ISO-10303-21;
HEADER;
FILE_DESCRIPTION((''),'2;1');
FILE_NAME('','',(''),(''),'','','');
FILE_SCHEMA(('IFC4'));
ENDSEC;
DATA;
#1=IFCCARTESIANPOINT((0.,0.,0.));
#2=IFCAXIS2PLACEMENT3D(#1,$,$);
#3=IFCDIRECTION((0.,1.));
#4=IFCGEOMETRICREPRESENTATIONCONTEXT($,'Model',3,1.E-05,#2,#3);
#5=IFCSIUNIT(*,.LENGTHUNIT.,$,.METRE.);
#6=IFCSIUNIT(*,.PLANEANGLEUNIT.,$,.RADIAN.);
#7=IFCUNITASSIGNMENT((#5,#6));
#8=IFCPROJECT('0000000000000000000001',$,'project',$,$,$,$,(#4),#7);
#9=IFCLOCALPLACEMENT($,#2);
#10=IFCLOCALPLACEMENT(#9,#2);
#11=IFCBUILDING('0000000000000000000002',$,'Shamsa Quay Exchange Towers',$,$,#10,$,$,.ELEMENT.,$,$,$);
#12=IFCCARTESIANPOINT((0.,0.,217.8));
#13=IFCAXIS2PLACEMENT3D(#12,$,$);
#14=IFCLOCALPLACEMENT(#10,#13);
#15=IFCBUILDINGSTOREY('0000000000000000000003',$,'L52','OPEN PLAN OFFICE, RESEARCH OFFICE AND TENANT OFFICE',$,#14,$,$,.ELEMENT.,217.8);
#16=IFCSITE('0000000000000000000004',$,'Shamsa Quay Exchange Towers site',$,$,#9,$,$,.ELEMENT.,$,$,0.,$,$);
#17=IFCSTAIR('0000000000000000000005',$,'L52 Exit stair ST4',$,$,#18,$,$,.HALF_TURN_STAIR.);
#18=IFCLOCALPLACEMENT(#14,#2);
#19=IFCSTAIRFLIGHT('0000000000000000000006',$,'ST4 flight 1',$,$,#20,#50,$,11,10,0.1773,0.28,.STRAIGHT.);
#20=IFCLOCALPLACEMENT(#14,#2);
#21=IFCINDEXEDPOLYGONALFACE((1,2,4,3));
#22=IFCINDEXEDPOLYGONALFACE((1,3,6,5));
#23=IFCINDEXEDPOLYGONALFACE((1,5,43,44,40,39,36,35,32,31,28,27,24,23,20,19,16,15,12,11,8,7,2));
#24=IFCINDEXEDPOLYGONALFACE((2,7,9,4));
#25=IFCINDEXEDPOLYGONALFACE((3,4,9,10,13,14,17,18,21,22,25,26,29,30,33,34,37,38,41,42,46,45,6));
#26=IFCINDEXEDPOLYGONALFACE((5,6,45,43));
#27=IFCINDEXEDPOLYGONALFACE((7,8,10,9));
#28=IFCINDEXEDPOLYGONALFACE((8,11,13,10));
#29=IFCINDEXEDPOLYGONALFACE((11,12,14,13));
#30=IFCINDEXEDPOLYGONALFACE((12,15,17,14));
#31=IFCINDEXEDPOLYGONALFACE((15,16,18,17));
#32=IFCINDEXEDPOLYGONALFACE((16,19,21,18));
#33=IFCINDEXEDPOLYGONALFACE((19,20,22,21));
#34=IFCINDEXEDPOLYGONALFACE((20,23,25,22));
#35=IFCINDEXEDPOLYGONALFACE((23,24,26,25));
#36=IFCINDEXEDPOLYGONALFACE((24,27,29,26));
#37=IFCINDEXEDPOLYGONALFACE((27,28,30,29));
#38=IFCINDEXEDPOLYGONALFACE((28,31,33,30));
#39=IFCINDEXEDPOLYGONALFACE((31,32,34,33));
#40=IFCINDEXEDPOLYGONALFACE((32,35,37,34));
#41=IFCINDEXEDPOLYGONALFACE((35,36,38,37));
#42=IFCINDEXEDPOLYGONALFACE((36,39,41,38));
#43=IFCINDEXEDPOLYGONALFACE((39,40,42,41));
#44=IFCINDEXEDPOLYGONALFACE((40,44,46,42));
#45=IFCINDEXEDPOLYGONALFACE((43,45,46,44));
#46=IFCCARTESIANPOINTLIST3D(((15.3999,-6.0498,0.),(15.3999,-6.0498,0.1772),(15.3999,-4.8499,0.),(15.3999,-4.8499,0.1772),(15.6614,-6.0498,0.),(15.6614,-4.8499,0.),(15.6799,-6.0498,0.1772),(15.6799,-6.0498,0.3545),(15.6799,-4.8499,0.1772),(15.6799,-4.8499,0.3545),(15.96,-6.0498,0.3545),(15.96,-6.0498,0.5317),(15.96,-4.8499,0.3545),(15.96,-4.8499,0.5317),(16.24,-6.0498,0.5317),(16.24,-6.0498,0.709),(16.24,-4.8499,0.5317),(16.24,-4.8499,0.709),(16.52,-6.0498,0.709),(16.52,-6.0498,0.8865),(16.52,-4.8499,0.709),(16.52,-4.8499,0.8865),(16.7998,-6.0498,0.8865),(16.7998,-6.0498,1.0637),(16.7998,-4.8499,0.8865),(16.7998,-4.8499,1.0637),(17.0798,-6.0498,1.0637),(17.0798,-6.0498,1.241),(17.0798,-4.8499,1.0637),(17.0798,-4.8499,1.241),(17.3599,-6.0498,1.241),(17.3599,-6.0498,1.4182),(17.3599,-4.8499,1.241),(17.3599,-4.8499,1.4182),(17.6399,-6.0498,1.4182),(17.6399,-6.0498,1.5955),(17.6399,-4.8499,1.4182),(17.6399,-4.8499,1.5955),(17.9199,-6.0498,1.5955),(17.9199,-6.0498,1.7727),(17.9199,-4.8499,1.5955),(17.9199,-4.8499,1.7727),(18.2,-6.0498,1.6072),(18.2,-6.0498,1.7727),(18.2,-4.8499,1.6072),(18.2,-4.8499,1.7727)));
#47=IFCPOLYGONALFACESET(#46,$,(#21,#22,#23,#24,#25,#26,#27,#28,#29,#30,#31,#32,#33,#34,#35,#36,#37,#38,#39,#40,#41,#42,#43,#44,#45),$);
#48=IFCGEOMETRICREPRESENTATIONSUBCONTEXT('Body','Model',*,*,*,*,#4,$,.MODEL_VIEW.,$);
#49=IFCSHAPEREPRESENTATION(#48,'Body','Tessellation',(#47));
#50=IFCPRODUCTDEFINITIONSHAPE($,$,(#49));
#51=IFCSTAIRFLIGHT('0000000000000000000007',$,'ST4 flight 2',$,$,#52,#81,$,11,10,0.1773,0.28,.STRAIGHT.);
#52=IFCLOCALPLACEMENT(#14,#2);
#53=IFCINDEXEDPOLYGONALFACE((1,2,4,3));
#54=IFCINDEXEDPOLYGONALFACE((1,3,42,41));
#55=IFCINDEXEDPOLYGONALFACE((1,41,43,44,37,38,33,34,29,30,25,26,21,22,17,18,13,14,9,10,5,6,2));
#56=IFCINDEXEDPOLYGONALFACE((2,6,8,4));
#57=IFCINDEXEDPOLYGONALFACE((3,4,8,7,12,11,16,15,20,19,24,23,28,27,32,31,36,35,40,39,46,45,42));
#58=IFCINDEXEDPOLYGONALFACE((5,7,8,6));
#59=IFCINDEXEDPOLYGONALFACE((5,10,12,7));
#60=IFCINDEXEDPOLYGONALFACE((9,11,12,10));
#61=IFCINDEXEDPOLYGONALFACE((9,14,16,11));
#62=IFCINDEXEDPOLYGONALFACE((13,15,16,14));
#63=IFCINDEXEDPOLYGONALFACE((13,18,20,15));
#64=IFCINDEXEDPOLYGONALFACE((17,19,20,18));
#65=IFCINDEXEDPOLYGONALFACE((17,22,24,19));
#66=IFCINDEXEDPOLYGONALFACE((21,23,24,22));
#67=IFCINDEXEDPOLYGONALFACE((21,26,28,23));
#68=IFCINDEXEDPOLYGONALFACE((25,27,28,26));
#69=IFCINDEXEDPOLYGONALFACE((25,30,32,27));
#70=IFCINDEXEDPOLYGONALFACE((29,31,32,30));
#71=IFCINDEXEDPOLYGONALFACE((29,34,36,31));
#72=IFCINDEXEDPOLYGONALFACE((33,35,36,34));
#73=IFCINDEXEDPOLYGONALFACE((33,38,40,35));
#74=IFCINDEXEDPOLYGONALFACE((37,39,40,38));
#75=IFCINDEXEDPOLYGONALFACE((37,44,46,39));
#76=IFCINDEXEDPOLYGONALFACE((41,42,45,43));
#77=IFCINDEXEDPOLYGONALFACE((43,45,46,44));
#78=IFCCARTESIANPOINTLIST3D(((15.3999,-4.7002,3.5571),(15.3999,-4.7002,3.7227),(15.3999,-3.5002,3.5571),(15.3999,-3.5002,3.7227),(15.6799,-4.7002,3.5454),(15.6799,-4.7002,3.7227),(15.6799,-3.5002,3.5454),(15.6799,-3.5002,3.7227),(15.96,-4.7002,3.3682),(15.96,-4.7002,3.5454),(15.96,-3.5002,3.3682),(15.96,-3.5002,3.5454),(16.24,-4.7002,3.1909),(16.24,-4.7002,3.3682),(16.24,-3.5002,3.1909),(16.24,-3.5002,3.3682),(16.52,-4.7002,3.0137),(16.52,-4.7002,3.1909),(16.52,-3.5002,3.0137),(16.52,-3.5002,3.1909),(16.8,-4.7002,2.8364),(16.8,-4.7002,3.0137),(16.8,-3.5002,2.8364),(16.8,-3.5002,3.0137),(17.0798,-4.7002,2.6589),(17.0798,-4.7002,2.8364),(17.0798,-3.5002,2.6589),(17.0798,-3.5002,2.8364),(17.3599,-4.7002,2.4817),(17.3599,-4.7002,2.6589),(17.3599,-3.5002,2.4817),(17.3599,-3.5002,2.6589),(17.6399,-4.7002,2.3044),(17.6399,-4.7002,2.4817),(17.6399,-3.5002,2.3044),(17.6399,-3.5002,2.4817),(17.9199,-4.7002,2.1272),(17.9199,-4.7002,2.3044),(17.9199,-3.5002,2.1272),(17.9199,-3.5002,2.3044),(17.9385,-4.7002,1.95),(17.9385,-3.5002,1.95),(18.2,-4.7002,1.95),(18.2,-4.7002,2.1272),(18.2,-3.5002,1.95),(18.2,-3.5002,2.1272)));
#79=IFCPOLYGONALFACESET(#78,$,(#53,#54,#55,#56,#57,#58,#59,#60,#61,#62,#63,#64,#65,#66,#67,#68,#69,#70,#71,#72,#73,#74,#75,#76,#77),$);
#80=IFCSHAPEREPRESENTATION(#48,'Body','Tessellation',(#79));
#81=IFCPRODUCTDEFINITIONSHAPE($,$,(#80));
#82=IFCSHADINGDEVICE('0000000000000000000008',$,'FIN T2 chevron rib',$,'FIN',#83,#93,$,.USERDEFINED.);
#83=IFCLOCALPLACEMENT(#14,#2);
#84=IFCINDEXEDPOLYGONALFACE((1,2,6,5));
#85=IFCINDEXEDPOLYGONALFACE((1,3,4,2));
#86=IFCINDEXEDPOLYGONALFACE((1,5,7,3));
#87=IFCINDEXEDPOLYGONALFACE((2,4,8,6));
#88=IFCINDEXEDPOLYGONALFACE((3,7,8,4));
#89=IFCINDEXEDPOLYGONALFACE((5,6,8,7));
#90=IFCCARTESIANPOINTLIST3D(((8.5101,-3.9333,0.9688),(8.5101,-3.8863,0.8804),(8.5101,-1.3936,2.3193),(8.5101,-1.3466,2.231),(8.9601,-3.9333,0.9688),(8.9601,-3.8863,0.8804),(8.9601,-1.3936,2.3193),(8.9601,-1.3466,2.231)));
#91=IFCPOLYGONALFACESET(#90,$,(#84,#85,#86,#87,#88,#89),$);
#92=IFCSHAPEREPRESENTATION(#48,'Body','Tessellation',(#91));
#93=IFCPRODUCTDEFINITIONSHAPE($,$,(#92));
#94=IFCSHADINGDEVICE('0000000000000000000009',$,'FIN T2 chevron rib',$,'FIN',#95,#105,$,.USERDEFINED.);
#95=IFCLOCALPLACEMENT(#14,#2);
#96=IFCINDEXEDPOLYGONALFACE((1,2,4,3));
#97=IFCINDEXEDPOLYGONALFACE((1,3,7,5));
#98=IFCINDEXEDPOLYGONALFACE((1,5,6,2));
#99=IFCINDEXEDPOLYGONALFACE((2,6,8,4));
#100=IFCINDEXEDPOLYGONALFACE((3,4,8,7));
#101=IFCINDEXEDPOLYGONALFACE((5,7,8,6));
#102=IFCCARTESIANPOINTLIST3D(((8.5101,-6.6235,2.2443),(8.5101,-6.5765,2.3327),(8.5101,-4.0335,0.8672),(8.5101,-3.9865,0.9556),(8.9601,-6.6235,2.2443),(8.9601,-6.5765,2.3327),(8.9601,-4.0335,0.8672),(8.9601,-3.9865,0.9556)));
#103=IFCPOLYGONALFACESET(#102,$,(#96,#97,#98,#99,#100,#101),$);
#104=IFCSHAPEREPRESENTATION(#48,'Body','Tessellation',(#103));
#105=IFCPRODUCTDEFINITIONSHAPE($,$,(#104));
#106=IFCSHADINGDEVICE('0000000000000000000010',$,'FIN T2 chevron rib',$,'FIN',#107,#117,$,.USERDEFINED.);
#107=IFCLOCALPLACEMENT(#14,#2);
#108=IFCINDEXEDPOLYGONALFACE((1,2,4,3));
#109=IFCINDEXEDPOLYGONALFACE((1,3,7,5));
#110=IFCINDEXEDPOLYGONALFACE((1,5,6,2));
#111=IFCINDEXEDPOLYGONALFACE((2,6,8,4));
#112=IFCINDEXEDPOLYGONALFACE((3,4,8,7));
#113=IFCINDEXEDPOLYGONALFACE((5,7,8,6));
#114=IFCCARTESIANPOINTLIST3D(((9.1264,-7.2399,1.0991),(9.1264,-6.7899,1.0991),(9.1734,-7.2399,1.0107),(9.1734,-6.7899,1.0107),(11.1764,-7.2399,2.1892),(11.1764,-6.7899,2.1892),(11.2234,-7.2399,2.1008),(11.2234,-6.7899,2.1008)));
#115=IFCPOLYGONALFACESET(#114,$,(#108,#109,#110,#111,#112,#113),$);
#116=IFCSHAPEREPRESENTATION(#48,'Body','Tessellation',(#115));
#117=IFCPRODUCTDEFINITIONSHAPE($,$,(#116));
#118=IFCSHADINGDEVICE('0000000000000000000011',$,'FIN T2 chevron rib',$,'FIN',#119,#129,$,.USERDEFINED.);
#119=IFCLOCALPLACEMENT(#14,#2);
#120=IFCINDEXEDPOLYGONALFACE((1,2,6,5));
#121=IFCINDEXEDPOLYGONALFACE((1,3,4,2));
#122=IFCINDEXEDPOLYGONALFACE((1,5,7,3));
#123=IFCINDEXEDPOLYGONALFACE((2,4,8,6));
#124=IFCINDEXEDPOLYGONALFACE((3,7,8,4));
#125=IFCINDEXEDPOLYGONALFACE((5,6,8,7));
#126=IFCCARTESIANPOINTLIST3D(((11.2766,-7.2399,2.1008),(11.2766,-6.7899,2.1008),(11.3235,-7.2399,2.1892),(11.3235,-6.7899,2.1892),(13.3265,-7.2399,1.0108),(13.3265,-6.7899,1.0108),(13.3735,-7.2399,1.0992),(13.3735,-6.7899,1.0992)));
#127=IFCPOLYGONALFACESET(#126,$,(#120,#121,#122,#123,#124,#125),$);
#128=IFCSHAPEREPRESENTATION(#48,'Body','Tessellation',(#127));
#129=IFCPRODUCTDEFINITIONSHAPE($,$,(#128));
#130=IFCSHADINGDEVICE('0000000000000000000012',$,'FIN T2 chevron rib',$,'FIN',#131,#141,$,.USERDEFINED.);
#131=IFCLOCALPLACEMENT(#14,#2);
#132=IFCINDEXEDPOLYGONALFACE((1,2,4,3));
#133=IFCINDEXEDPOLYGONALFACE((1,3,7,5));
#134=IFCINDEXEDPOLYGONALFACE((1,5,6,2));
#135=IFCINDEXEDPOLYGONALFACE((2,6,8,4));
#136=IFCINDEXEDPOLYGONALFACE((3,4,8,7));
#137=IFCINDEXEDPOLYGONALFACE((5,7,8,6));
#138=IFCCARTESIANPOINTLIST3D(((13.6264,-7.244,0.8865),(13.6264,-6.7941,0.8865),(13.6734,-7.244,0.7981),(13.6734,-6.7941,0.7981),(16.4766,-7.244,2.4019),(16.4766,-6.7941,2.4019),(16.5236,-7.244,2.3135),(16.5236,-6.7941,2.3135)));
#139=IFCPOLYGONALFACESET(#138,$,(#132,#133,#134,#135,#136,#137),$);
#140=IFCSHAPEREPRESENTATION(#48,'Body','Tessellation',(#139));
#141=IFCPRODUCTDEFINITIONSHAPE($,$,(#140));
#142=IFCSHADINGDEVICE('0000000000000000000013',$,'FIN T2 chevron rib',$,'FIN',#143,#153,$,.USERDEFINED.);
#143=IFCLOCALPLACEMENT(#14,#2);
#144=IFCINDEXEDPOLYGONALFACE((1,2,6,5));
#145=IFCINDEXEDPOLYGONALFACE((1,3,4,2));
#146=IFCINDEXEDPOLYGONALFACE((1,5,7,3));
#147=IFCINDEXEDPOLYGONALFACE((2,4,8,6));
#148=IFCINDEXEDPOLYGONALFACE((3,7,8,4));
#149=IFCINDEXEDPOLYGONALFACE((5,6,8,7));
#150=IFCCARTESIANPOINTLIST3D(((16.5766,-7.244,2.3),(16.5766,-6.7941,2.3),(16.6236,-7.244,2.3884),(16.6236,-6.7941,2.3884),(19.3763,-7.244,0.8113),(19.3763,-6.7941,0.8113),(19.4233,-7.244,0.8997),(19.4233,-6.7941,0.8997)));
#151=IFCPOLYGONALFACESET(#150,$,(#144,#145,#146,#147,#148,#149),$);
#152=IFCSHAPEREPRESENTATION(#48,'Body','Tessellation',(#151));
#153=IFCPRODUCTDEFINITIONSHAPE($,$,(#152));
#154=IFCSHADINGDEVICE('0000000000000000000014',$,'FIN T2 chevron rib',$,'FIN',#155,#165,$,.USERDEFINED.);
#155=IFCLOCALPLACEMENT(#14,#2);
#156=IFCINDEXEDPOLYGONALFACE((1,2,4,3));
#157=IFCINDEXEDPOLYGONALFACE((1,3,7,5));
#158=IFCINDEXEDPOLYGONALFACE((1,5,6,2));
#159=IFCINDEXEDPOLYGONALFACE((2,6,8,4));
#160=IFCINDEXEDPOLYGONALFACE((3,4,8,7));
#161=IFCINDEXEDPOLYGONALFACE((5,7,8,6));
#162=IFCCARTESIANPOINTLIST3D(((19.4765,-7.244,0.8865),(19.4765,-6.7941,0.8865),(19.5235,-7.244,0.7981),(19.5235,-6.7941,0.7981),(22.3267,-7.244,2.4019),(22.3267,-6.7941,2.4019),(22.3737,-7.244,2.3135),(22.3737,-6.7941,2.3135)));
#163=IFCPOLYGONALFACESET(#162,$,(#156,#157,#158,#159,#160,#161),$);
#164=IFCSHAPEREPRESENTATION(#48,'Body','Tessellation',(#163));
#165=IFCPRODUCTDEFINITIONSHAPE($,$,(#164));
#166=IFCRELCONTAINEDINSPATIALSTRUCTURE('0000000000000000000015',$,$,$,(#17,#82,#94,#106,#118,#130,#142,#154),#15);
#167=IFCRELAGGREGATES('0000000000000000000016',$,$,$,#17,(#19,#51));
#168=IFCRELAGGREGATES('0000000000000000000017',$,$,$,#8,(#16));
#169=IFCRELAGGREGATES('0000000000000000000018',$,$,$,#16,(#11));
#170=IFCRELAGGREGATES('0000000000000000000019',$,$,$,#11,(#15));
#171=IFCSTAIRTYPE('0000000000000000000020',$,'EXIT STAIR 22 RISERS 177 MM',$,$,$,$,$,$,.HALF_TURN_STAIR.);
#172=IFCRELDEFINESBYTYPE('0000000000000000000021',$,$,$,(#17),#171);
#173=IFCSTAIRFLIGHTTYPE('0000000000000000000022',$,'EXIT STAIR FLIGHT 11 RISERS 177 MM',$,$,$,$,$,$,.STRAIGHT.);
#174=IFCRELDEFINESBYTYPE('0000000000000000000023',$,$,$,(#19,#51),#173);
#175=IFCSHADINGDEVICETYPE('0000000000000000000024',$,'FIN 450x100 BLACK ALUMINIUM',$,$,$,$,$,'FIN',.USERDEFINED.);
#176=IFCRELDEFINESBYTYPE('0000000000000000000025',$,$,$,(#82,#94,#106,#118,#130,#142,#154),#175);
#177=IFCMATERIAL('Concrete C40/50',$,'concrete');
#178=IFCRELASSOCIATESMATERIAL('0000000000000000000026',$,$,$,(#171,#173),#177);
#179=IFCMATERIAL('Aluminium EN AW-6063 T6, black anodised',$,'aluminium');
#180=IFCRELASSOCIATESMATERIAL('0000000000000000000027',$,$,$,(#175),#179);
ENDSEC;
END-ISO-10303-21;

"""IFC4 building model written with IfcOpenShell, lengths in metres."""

from ifc_helpers import new_model, si_unit, direction, frame, origin, origin_2d, place, context, subcontext, project, spatial, polyline, rectangle, outline, extrude, material, material_profile, profile_set, type_object, element, aggregate, save


model = new_model("IFC4")

# Units and contexts
model_context = context("Model", 3, precision=1e-05, world=origin(), true_north=direction((0.0, 1.0)))
body_context = subcontext(model_context, "Body", "Model", "MODEL_VIEW")
ifc_project = project(units=[si_unit("LENGTHUNIT", "METRE"), si_unit("PLANEANGLEUNIT", "RADIAN")], contexts=[model_context])

# Site, building, storey
site_placement = place(None, origin())
site = spatial("IfcSite", under=ifc_project, at=site_placement, Name="Shamsa Quay Exchange Towers site", CompositionType="ELEMENT", RefElevation=0.0)
building_placement = place(site_placement, origin())
building = spatial("IfcBuilding", under=site, at=building_placement, Name="Shamsa Quay Exchange Towers", CompositionType="ELEMENT")
storey_placement = place(building_placement, frame((0.0, 0.0, 217.8)))
storey = spatial("IfcBuildingStorey", under=building, at=storey_placement, Name="L52", Description="OPEN PLAN OFFICE, RESEARCH OFFICE AND TENANT OFFICE", CompositionType="ELEMENT", Elevation=217.8)

# Shared definitions
ifc_material_1 = material(Name="Aluminium EN AW-6063 T6, black anodised", Category="aluminium")

# Stair, stair flights
ifc_material_2 = material(Name="Concrete C40/50", Category="concrete")
stair_type = type_object("IfcStairType", Name="EXIT STAIR 22 RISERS 177 MM", PredefinedType="HALF_TURN_STAIR", material=ifc_material_2)
stair_placement = place(storey_placement, origin())
stair = element("IfcStair", 1, at=stair_placement, inside=storey, type_object=stair_type, Name="L52 Exit stair ST4", PredefinedType="HALF_TURN_STAIR")
stair_flight_type = type_object("IfcStairFlightType", Name="EXIT STAIR FLIGHT 11 RISERS 177 MM", PredefinedType="STRAIGHT", material=ifc_material_2)
stair_flight_1_placement = place(storey_placement, frame((15.3999, -5.45, 0.0)))
stair_flight_1 = element("IfcStairFlight", 2, at=stair_flight_1_placement, type_object=stair_flight_type, Name="ST4 flight 1", NumberOfRisers=11, NumberOfTreads=10, PredefinedType="STRAIGHT", RiserHeight=0.1773, TreadLength=0.28, context=body_context, shape_type="SweptSolid", body=[
    extrude(outline(polyline([(0.0, 0.0), (0.0, 0.1772), (0.28, 0.1772), (0.28, 0.3545), (0.5601, 0.3545), (0.5601, 0.5317), (0.8401, 0.5317), (0.8401, 0.709), (1.1201, 0.709), (1.1201, 0.8865), (1.3999, 0.8865), (1.3999, 1.0637), (1.6799, 1.0637), (1.6799, 1.241), (1.96, 1.241), (1.96, 1.4182), (2.24, 1.4182), (2.24, 1.5955), (2.52, 1.5955), (2.52, 1.7727), (2.8, 1.7727), (2.8, 1.95), (2.8, 1.6072), (0.2615, 0.0), (0.0, 0.0)])), frame((0.0, 0.6001, 0.0), z_axis=(0.0, -1.0, 0.0), x_axis=(1.0, 0.0, 0.0)), (0.0, 0.0, 1.0), 1.2),
])
stair_flight_2_placement = place(storey_placement, frame((18.2, -4.1001, 1.95), z_axis=(0.0, 0.0, 1.0), x_axis=(-1.0, 0.0, 0.0)))
stair_flight_2 = element("IfcStairFlight", 3, at=stair_flight_2_placement, type_object=stair_flight_type, Name="ST4 flight 2", NumberOfRisers=11, NumberOfTreads=10, PredefinedType="STRAIGHT", RiserHeight=0.1773, TreadLength=0.28, context=body_context, shape_type="SweptSolid", body=[
    extrude(outline(polyline([(0.0, 0.0), (0.0, 0.1772), (0.28, 0.1772), (0.28, 0.3545), (0.5601, 0.3545), (0.5601, 0.5317), (0.8401, 0.5317), (0.8401, 0.709), (1.1201, 0.709), (1.1201, 0.8865), (1.3999, 0.8865), (1.3999, 1.0637), (1.6799, 1.0637), (1.6799, 1.241), (1.96, 1.241), (1.96, 1.4182), (2.24, 1.4182), (2.24, 1.5955), (2.52, 1.5955), (2.52, 1.7727), (2.8, 1.7727), (2.8, 1.95), (2.8, 1.6072), (0.2615, 0.0), (0.0, 0.0)])), frame((0.0, 0.6001, 0.0), z_axis=(0.0, -1.0, 0.0), x_axis=(1.0, 0.0, 0.0)), (0.0, 0.0, 1.0), 1.2),
])
aggregate(stair, [stair_flight_1, stair_flight_2])

# Shading devices
ifc_material_profile_1 = material_profile(ifc_material_1, rectangle(XDim=0.45, YDim=0.1001, at=origin_2d()), Name="FIN450x100")
ifc_profile_set_1 = profile_set([ifc_material_profile_1], Name="Aluminium EN AW-6063 T6, black anodised")
shading_device_type = type_object("IfcShadingDeviceType", Name="FIN 450x100 BLACK ALUMINIUM", ElementType="FIN", PredefinedType="USERDEFINED", material=ifc_profile_set_1)
shading_device_1_placement = place(storey_placement, frame((8.7351, -1.3701, 2.2751), z_axis=(0.0, -0.882926, -0.469513), x_axis=(1.0, 0.0, 0.0)))
element("IfcShadingDevice", 4, at=shading_device_1_placement, inside=storey, type_object=shading_device_type, Name="FIN T2 chevron rib", ObjectType="FIN", PredefinedType="USERDEFINED", context=body_context, shape_type="SweptSolid", body=[
    extrude(rectangle(XDim=0.45, YDim=0.1001, at=origin_2d()), origin(), (0.0, 0.0, 1.0), 2.8765),
])
shading_device_2_placement = place(storey_placement, frame((8.7351, -4.01, 0.9114), z_axis=(0.0, -0.882944, 0.469478), x_axis=(1.0, 0.0, 0.0)))
element("IfcShadingDevice", 5, at=shading_device_2_placement, inside=storey, type_object=shading_device_type, Name="FIN T2 chevron rib", ObjectType="FIN", PredefinedType="USERDEFINED", context=body_context, shape_type="SweptSolid", body=[
    extrude(rectangle(XDim=0.45, YDim=0.1001, at=origin_2d()), origin(), (0.0, 0.0, 1.0), 2.9333),
])
for number, where, z_axis, x_axis, name in (
    (6, (9.1499, -7.0149, 1.0549), (0.882937, 0.0, 0.469491), (0.0, 1.0, 0.0), "FIN T2 chevron rib"),
    (7, (11.3, -7.0149, 2.145), (0.882937, 0.0, -0.469491), (0.0, 1.0, 0.0), "FIN T2 chevron rib"),
):
    element("IfcShadingDevice", number, at=place(storey_placement, frame(where, z_axis=z_axis, x_axis=x_axis)), inside=storey, type_object=shading_device_type, Name=name, ObjectType="FIN", PredefinedType="USERDEFINED", context=body_context, shape_type="SweptSolid", body=[
        extrude(rectangle(XDim=0.45, YDim=0.1001, at=origin_2d()), origin(), (0.0, 0.0, 1.0), 2.3218),
    ])
shading_device_3_placement = place(storey_placement, frame((13.6499, -7.019, 0.8423), z_axis=(0.882953, 0.0, 0.469461), x_axis=(0.0, 1.0, 0.0)))
element("IfcShadingDevice", 8, at=shading_device_3_placement, inside=storey, type_object=shading_device_type, Name="FIN T2 chevron rib", ObjectType="FIN", PredefinedType="USERDEFINED", context=body_context, shape_type="SweptSolid", body=[
    extrude(rectangle(XDim=0.45, YDim=0.1001, at=origin_2d()), origin(), (0.0, 0.0, 1.0), 3.228),
])
shading_device_4_placement = place(storey_placement, frame((16.6001, -7.019, 2.3442), z_axis=(0.882936, 0.0, -0.469493), x_axis=(0.0, 1.0, 0.0)))
element("IfcShadingDevice", 9, at=shading_device_4_placement, inside=storey, type_object=shading_device_type, Name="FIN T2 chevron rib", ObjectType="FIN", PredefinedType="USERDEFINED", context=body_context, shape_type="SweptSolid", body=[
    extrude(rectangle(XDim=0.45, YDim=0.1001, at=origin_2d()), origin(), (0.0, 0.0, 1.0), 3.1709),
])
shading_device_5_placement = place(storey_placement, frame((19.5, -7.019, 0.8423), z_axis=(0.882953, 0.0, 0.469461), x_axis=(0.0, 1.0, 0.0)))
element("IfcShadingDevice", 10, at=shading_device_5_placement, inside=storey, type_object=shading_device_type, Name="FIN T2 chevron rib", ObjectType="FIN", PredefinedType="USERDEFINED", context=body_context, shape_type="SweptSolid", body=[
    extrude(rectangle(XDim=0.45, YDim=0.1001, at=origin_2d()), origin(), (0.0, 0.0, 1.0), 3.228),
])

save(model, "model.ifc")
